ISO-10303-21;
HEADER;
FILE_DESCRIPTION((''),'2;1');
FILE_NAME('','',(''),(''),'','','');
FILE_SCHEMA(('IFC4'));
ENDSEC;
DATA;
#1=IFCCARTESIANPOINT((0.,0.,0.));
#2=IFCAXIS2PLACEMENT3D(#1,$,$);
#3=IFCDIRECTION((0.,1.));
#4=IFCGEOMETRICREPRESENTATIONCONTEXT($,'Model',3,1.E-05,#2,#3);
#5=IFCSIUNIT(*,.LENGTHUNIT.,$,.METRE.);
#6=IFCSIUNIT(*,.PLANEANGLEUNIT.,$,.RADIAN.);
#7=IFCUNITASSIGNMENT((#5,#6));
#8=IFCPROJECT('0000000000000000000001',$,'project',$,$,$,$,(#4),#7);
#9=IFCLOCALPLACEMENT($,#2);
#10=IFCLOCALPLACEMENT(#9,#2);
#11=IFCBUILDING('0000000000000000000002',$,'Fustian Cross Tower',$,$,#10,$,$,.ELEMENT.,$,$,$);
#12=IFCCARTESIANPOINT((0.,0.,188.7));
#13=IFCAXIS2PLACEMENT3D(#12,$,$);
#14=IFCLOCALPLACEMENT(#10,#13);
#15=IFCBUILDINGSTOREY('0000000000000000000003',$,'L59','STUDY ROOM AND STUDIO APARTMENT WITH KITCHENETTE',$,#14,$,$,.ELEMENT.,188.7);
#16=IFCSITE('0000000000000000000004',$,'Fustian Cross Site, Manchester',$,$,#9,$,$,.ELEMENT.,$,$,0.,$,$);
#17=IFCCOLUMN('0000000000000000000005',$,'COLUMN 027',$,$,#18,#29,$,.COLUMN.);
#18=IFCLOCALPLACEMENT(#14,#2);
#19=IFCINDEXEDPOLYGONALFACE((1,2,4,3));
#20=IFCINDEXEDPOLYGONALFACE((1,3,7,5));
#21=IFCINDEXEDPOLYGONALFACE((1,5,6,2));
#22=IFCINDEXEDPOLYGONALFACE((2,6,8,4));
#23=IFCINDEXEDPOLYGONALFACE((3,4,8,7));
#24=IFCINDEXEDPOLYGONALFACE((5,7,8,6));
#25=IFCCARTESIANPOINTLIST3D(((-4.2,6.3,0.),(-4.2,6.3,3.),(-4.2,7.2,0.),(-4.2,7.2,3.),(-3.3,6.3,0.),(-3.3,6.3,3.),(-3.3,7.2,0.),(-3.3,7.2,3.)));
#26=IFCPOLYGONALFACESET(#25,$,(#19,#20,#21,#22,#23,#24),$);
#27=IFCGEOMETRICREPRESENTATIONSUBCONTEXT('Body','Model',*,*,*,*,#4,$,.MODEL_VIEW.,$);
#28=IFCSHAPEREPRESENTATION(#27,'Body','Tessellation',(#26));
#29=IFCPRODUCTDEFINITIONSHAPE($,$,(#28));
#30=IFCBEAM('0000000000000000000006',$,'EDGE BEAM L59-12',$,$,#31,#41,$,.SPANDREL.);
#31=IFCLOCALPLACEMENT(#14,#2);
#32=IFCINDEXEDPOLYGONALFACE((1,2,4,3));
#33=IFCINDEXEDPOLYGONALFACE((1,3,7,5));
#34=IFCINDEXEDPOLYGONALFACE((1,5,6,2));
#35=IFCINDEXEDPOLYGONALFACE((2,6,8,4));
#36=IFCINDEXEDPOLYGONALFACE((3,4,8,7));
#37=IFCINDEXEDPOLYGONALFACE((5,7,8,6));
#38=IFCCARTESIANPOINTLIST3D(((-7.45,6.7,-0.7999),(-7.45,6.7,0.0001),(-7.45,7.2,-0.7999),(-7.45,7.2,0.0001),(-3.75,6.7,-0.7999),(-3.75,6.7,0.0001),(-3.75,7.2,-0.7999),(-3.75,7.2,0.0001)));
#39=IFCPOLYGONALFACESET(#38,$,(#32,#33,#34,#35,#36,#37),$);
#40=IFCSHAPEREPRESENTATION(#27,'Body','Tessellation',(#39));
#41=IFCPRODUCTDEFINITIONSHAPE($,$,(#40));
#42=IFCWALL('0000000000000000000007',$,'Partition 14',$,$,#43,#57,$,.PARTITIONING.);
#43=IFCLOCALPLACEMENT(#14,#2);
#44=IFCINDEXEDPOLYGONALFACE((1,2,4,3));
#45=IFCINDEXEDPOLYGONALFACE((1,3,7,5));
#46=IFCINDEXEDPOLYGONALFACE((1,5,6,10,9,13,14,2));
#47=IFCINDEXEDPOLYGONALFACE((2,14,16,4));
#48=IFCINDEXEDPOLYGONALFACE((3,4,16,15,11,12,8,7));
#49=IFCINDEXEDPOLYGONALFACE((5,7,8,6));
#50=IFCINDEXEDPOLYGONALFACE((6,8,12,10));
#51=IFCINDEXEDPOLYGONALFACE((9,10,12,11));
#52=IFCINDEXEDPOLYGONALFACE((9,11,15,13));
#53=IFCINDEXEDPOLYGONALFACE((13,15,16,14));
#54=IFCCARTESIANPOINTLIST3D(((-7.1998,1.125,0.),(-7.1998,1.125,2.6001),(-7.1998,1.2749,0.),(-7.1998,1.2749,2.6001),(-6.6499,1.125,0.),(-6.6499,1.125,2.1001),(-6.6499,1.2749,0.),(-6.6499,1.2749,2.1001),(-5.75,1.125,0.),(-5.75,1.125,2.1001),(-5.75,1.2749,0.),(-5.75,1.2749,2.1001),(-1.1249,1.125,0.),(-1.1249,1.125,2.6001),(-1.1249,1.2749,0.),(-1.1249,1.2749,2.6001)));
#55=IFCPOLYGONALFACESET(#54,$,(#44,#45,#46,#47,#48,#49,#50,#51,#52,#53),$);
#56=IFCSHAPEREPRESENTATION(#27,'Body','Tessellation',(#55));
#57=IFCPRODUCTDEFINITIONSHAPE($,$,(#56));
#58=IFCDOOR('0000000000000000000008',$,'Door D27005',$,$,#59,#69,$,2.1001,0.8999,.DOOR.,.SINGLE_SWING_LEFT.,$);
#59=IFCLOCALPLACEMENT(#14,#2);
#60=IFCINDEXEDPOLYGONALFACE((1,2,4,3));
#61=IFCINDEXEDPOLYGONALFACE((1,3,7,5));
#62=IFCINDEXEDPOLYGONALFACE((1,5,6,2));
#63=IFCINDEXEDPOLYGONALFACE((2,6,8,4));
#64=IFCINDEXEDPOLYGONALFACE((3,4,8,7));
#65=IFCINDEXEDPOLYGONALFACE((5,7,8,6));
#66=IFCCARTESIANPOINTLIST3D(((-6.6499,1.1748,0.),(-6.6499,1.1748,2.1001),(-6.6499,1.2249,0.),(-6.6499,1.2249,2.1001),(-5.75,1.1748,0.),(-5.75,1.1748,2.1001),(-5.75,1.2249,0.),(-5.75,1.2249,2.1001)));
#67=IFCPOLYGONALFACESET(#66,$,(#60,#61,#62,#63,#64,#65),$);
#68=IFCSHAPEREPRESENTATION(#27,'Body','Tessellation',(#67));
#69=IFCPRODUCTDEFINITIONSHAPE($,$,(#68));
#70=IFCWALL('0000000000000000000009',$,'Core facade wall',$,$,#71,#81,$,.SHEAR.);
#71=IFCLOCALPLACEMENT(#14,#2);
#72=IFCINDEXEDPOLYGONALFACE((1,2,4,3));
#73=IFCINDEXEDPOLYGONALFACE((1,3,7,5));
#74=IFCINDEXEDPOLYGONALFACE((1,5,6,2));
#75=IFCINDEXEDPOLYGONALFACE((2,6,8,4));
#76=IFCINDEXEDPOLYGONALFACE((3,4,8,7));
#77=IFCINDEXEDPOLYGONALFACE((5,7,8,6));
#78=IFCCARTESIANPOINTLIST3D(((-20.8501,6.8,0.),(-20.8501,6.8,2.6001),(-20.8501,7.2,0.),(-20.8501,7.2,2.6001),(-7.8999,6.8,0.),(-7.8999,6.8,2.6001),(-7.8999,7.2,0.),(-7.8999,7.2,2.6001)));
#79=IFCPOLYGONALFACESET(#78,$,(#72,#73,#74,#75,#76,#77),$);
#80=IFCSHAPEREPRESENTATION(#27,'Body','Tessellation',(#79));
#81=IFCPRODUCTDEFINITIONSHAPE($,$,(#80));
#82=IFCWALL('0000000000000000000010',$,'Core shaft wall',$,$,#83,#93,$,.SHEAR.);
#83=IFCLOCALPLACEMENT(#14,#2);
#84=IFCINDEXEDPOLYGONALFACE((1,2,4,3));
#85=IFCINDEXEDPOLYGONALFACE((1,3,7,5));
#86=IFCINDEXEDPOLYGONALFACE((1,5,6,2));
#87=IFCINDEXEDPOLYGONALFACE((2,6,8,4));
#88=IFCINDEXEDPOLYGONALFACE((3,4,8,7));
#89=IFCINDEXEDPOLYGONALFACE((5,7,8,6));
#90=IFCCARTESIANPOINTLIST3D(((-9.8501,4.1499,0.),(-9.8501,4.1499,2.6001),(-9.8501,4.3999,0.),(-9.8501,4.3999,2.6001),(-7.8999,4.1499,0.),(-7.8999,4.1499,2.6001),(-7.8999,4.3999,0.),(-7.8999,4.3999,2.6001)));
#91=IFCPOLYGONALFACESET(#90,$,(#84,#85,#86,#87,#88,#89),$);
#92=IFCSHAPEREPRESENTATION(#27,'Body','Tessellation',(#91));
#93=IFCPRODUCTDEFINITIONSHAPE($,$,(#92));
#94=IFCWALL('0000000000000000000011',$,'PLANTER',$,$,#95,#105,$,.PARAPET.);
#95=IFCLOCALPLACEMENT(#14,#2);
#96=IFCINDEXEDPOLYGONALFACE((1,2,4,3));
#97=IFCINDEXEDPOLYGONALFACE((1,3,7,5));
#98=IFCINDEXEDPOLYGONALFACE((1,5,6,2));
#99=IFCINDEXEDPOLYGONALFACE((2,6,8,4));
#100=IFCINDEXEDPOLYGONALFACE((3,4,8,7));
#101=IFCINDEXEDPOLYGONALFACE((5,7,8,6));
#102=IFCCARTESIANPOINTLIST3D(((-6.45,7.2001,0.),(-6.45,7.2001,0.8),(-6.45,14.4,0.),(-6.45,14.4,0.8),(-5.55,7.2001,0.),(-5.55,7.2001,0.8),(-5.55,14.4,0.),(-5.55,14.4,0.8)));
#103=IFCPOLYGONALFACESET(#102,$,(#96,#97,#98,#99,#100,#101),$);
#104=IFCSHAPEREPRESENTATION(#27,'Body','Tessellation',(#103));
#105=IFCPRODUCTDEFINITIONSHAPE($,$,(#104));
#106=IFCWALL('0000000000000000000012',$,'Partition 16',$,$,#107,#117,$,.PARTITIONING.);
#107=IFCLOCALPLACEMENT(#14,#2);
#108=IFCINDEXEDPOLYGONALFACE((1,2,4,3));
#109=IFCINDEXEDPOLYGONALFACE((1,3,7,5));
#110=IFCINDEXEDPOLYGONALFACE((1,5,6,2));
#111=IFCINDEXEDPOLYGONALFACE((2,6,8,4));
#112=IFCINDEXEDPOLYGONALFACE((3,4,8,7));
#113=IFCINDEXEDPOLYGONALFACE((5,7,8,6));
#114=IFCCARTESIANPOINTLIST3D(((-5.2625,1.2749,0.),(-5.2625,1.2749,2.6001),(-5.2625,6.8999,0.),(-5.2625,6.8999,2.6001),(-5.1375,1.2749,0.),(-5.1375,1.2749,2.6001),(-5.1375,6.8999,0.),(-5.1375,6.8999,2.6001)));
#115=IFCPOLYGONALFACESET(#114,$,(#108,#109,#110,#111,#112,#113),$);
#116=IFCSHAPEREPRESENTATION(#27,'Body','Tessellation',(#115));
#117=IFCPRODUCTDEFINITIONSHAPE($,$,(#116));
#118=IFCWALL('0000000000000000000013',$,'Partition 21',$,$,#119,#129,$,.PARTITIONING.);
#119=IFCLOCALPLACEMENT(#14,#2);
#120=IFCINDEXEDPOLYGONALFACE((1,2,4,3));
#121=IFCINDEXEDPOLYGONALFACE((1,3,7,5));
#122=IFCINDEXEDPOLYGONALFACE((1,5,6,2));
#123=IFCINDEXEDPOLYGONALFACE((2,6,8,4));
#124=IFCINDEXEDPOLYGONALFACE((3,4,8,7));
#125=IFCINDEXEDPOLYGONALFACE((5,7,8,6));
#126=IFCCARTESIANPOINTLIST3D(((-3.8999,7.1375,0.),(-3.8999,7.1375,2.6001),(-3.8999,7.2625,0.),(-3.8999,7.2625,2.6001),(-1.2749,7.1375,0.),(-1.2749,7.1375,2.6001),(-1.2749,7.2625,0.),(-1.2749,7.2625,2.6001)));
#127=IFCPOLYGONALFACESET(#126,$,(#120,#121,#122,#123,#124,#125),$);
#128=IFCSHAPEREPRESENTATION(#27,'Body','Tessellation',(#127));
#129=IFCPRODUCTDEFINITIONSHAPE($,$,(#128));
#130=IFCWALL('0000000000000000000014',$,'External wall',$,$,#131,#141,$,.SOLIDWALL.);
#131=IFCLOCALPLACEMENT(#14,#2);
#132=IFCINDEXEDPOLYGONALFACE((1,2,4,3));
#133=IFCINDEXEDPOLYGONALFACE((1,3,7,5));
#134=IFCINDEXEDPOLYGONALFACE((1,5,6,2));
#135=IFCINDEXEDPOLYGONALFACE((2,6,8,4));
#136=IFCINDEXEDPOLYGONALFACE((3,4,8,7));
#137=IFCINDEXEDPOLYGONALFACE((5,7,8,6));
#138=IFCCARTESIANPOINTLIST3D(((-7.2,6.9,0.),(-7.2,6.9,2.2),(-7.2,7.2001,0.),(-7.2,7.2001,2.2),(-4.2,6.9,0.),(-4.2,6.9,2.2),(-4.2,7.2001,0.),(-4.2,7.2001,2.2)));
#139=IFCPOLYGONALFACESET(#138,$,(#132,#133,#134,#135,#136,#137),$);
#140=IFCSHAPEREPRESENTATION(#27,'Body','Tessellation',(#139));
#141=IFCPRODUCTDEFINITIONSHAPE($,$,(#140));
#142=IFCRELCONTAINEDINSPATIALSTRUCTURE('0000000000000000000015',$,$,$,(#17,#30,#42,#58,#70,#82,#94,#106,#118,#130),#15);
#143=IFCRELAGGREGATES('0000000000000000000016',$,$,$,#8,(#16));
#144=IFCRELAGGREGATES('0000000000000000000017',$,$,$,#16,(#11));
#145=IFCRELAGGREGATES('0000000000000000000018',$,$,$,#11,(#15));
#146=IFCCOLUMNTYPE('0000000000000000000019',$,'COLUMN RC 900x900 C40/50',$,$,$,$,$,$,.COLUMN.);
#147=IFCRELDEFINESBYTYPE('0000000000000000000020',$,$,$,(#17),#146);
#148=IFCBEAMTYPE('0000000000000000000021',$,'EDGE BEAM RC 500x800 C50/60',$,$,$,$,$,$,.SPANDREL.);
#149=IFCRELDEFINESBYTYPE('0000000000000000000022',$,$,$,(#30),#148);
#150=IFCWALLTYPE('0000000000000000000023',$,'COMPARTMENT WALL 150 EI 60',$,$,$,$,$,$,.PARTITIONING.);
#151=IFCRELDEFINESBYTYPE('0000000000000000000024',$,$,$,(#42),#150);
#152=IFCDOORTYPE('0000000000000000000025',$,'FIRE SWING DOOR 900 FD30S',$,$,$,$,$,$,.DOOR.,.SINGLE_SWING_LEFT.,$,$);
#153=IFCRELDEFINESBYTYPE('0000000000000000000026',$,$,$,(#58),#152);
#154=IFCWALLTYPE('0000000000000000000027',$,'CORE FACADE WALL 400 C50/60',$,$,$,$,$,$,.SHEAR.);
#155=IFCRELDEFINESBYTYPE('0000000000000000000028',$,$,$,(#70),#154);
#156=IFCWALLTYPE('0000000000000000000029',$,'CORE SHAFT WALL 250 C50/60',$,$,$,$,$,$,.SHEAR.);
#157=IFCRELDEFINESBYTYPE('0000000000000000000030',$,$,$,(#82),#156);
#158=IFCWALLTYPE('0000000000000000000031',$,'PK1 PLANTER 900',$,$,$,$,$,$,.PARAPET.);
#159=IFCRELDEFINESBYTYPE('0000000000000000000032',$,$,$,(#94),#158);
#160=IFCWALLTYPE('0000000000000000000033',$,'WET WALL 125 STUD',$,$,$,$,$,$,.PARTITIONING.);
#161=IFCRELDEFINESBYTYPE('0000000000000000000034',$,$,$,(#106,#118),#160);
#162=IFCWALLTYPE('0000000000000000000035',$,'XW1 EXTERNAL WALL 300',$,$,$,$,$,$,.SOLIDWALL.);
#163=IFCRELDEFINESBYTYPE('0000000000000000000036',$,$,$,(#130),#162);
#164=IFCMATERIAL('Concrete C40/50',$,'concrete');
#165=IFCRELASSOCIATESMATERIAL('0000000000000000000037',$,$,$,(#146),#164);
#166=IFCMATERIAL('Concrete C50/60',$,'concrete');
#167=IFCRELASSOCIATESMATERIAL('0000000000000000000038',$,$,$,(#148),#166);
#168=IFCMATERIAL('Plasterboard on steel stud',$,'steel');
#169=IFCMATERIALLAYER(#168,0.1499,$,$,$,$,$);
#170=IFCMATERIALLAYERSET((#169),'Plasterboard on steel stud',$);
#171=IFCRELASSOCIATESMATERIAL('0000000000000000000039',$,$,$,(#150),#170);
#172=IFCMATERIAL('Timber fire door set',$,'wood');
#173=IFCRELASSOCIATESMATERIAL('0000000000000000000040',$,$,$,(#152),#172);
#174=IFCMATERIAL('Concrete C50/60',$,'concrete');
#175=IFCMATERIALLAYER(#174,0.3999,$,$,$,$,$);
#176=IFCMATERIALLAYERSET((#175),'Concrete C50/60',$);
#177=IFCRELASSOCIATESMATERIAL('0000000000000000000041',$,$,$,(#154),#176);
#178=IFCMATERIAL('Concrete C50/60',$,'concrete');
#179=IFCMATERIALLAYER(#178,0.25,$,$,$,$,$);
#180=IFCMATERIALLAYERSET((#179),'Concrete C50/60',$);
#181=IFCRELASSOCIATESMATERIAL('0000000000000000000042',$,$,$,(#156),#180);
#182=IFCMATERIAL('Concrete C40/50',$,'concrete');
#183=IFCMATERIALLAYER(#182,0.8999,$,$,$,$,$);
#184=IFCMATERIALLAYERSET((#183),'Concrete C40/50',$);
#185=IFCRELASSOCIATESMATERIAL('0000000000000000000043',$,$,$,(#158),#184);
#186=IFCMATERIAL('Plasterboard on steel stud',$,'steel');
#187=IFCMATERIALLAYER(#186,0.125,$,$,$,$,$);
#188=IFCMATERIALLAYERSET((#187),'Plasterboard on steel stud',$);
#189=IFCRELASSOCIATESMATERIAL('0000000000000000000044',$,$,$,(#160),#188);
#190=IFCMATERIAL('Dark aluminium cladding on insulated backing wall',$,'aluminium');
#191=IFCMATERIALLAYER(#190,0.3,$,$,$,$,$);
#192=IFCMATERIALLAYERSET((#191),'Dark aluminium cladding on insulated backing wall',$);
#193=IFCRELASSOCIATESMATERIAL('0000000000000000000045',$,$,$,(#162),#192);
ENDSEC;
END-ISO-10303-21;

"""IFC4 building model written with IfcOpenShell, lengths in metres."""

from ifc_helpers import new_model, si_unit, direction, frame, frame_2d, origin, origin_2d, place, context, subcontext, project, spatial, rectangle, extrude, material, layer, layer_set, material_profile, profile_set, type_object, element, fill, save


model = new_model("IFC4")

# Units and contexts
model_context = context("Model", 3, precision=1e-05, world=origin(), true_north=direction((0.0, 1.0)))
body_context = subcontext(model_context, "Body", "Model", "MODEL_VIEW")
ifc_project = project(units=[si_unit("LENGTHUNIT", "METRE"), si_unit("PLANEANGLEUNIT", "RADIAN")], contexts=[model_context])

# Site, building, storey
site_placement = place(None, origin())
site = spatial("IfcSite", under=ifc_project, at=site_placement, Name="Fustian Cross Site, Manchester", CompositionType="ELEMENT", RefElevation=0.0)
building_placement = place(site_placement, origin())
building = spatial("IfcBuilding", under=site, at=building_placement, Name="Fustian Cross Tower", CompositionType="ELEMENT")
storey_placement = place(building_placement, frame((0.0, 0.0, 188.7)))
storey = spatial("IfcBuildingStorey", under=building, at=storey_placement, Name="L59", Description="STUDY ROOM AND STUDIO APARTMENT WITH KITCHENETTE", CompositionType="ELEMENT", Elevation=188.7)

# Column
ifc_material_1 = material(Name="Concrete C40/50", Category="concrete")
ifc_material_profile_1 = material_profile(ifc_material_1, rectangle(XDim=0.8999, YDim=0.8999, at=origin_2d()), Name="RC 900x900")
ifc_profile_set_1 = profile_set([ifc_material_profile_1], Name="Concrete C40/50")
column_type = type_object("IfcColumnType", Name="COLUMN RC 900x900 C40/50", PredefinedType="COLUMN", material=ifc_profile_set_1)
column_placement = place(storey_placement, frame((-3.75, 6.75, 0.0), z_axis=(0.0, 0.0, 1.0), x_axis=(1.0, 0.0, 0.0)))
element("IfcColumn", 1, at=column_placement, inside=storey, type_object=column_type, Name="COLUMN 027", PredefinedType="COLUMN", context=body_context, shape_type="SweptSolid", body=[
    extrude(rectangle(XDim=0.8999, YDim=0.8999, at=origin_2d()), origin(), (0.0, 0.0, 1.0), 3.0),
])

# Beam
ifc_material_2 = material(Name="Concrete C50/60", Category="concrete")
ifc_material_profile_2 = material_profile(ifc_material_2, rectangle(XDim=0.5, YDim=0.8, at=origin_2d()), Name="RC 500x800")
ifc_profile_set_2 = profile_set([ifc_material_profile_2], Name="Concrete C50/60")
beam_type = type_object("IfcBeamType", Name="EDGE BEAM RC 500x800 C50/60", PredefinedType="SPANDREL", material=ifc_profile_set_2)
beam_placement = place(storey_placement, frame((-3.75, 6.95, -0.3999), z_axis=(-1.0, 0.0, 0.0), x_axis=(0.0, -1.0, 0.0)))
element("IfcBeam", 2, at=beam_placement, inside=storey, type_object=beam_type, Name="EDGE BEAM L59-12", PredefinedType="SPANDREL", context=body_context, shape_type="SweptSolid", body=[
    extrude(rectangle(XDim=0.5, YDim=0.8, at=origin_2d()), origin(), (0.0, 0.0, 1.0), 3.7),
])

# Wall, opening, door
ifc_material_3 = material(Name="Plasterboard on steel stud", Category="steel")
ifc_layer_1 = layer(ifc_material_3, 0.1499)
ifc_layer_set_1 = layer_set([ifc_layer_1], Name="Plasterboard on steel stud")
wall_type_1 = type_object("IfcWallType", Name="COMPARTMENT WALL 150 EI 60", PredefinedType="PARTITIONING", material=ifc_layer_set_1)
wall_1_placement = place(storey_placement, frame((-7.2, 1.2, 0.0), z_axis=(0.0, 0.0, 1.0), x_axis=(1.0, 0.0, 0.0)))
wall_1 = element("IfcWall", 3, at=wall_1_placement, inside=storey, type_object=wall_type_1, Name="Partition 14", PredefinedType="PARTITIONING", context=body_context, shape_type="SweptSolid", body=[
    extrude(rectangle(XDim=6.075, YDim=0.1499, at=frame_2d((3.0376, 0.0))), origin(), (0.0, 0.0, 1.0), 2.6001),
])
opening_placement = place(wall_1_placement, frame((0.55, 0.0, 0.0)))
opening = element("IfcOpeningElement", 4, at=opening_placement, cuts=wall_1, PredefinedType="OPENING", context=body_context, shape_type="SweptSolid", body=[
    extrude(rectangle(XDim=0.8999, YDim=2.1001, at=frame_2d((0.45, 1.05))), frame((0.0, 0.085, 0.0), z_axis=(0.0, -1.0, 0.0), x_axis=(1.0, 0.0, 0.0)), (0.0, 0.0, 1.0), 0.1699),
])
ifc_material_4 = material(Name="Timber fire door set", Category="wood")
door_type = type_object("IfcDoorType", Name="FIRE SWING DOOR 900 FD30S", OperationType="SINGLE_SWING_LEFT", PredefinedType="DOOR", material=ifc_material_4)
door_placement = place(opening_placement, origin())
door = element("IfcDoor", 5, at=door_placement, inside=storey, type_object=door_type, Name="Door D27005", OperationType="SINGLE_SWING_LEFT", OverallHeight=2.1001, OverallWidth=0.8999, PredefinedType="DOOR", context=body_context, shape_type="SweptSolid", body=[
    extrude(rectangle(XDim=0.8999, YDim=2.1001, at=frame_2d((0.45, 1.05))), frame((0.0, 0.0249, 0.0), z_axis=(0.0, -1.0, 0.0), x_axis=(1.0, 0.0, 0.0)), (0.0, 0.0, 1.0), 0.05),
])
fill(opening, door)

# Walls
ifc_material_5 = material(Name="Concrete C50/60", Category="concrete")
ifc_layer_2 = layer(ifc_material_5, 0.3999)
ifc_layer_set_2 = layer_set([ifc_layer_2], Name="Concrete C50/60")
wall_type_2 = type_object("IfcWallType", Name="CORE FACADE WALL 400 C50/60", PredefinedType="SHEAR", material=ifc_layer_set_2)
wall_2_placement = place(storey_placement, frame((-7.8999, 7.0, 0.0), z_axis=(0.0, 0.0, 1.0), x_axis=(-1.0, 0.0, 0.0)))
element("IfcWall", 6, at=wall_2_placement, inside=storey, type_object=wall_type_2, Name="Core facade wall", PredefinedType="SHEAR", context=body_context, shape_type="SweptSolid", body=[
    extrude(rectangle(XDim=12.9502, YDim=0.3999, at=frame_2d((6.4751, 0.0))), origin(), (0.0, 0.0, 1.0), 2.6001),
])
ifc_material_6 = material(Name="Concrete C50/60", Category="concrete")
ifc_layer_3 = layer(ifc_material_6, 0.25)
ifc_layer_set_3 = layer_set([ifc_layer_3], Name="Concrete C50/60")
wall_type_3 = type_object("IfcWallType", Name="CORE SHAFT WALL 250 C50/60", PredefinedType="SHEAR", material=ifc_layer_set_3)
wall_3_placement = place(storey_placement, frame((-7.8999, 4.2749, 0.0), z_axis=(0.0, 0.0, 1.0), x_axis=(-1.0, 0.0, 0.0)))
element("IfcWall", 7, at=wall_3_placement, inside=storey, type_object=wall_type_3, Name="Core shaft wall", PredefinedType="SHEAR", context=body_context, shape_type="SweptSolid", body=[
    extrude(rectangle(XDim=1.9502, YDim=0.25, at=frame_2d((0.9751, 0.0))), origin(), (0.0, 0.0, 1.0), 2.6001),
])
ifc_material_7 = material(Name="Concrete C40/50", Category="concrete")
ifc_layer_4 = layer(ifc_material_7, 0.8999)
ifc_layer_set_4 = layer_set([ifc_layer_4], Name="Concrete C40/50")
wall_type_4 = type_object("IfcWallType", Name="PK1 PLANTER 900", PredefinedType="PARAPET", material=ifc_layer_set_4)
wall_4_placement = place(storey_placement, frame((-6.0, 7.2, 0.0), z_axis=(0.0, 0.0, 1.0), x_axis=(0.0, 1.0, 0.0)))
element("IfcWall", 8, at=wall_4_placement, inside=storey, type_object=wall_type_4, Name="PLANTER", PredefinedType="PARAPET", context=body_context, shape_type="SweptSolid", body=[
    extrude(rectangle(XDim=7.2, YDim=0.8999, at=frame_2d((3.6001, 0.0))), origin(), (0.0, 0.0, 1.0), 0.8),
])
ifc_material_8 = material(Name="Plasterboard on steel stud", Category="steel")
ifc_layer_5 = layer(ifc_material_8, 0.125)
ifc_layer_set_5 = layer_set([ifc_layer_5], Name="Plasterboard on steel stud")
wall_type_5 = type_object("IfcWallType", Name="WET WALL 125 STUD", PredefinedType="PARTITIONING", material=ifc_layer_set_5)
wall_5_placement = place(storey_placement, frame((-5.2, 1.2749, 0.0), z_axis=(0.0, 0.0, 1.0), x_axis=(0.0, 1.0, 0.0)))
element("IfcWall", 9, at=wall_5_placement, inside=storey, type_object=wall_type_5, Name="Partition 16", PredefinedType="PARTITIONING", context=body_context, shape_type="SweptSolid", body=[
    extrude(rectangle(XDim=5.625, YDim=0.125, at=frame_2d((2.8125, 0.0))), origin(), (0.0, 0.0, 1.0), 2.6001),
])
wall_6_placement = place(storey_placement, frame((-3.8999, 7.2, 0.0), z_axis=(0.0, 0.0, 1.0), x_axis=(1.0, 0.0, 0.0)))
element("IfcWall", 10, at=wall_6_placement, inside=storey, type_object=wall_type_5, Name="Partition 21", PredefinedType="PARTITIONING", context=body_context, shape_type="SweptSolid", body=[
    extrude(rectangle(XDim=2.625, YDim=0.125, at=frame_2d((1.3125, 0.0))), origin(), (0.0, 0.0, 1.0), 2.6001),
])
ifc_material_9 = material(Name="Dark aluminium cladding on insulated backing wall", Category="aluminium")
ifc_layer_6 = layer(ifc_material_9, 0.3)
ifc_layer_set_6 = layer_set([ifc_layer_6], Name="Dark aluminium cladding on insulated backing wall")
wall_type_6 = type_object("IfcWallType", Name="XW1 EXTERNAL WALL 300", PredefinedType="SOLIDWALL", material=ifc_layer_set_6)
wall_7_placement = place(storey_placement, frame((-4.2, 7.05, 0.0), z_axis=(0.0, 0.0, 1.0), x_axis=(-1.0, 0.0, 0.0)))
element("IfcWall", 11, at=wall_7_placement, inside=storey, type_object=wall_type_6, Name="External wall", PredefinedType="SOLIDWALL", context=body_context, shape_type="SweptSolid", body=[
    extrude(rectangle(XDim=3.0, YDim=0.3, at=frame_2d((1.5, 0.0))), origin(), (0.0, 0.0, 1.0), 2.2),
])

save(model, "model.ifc")
